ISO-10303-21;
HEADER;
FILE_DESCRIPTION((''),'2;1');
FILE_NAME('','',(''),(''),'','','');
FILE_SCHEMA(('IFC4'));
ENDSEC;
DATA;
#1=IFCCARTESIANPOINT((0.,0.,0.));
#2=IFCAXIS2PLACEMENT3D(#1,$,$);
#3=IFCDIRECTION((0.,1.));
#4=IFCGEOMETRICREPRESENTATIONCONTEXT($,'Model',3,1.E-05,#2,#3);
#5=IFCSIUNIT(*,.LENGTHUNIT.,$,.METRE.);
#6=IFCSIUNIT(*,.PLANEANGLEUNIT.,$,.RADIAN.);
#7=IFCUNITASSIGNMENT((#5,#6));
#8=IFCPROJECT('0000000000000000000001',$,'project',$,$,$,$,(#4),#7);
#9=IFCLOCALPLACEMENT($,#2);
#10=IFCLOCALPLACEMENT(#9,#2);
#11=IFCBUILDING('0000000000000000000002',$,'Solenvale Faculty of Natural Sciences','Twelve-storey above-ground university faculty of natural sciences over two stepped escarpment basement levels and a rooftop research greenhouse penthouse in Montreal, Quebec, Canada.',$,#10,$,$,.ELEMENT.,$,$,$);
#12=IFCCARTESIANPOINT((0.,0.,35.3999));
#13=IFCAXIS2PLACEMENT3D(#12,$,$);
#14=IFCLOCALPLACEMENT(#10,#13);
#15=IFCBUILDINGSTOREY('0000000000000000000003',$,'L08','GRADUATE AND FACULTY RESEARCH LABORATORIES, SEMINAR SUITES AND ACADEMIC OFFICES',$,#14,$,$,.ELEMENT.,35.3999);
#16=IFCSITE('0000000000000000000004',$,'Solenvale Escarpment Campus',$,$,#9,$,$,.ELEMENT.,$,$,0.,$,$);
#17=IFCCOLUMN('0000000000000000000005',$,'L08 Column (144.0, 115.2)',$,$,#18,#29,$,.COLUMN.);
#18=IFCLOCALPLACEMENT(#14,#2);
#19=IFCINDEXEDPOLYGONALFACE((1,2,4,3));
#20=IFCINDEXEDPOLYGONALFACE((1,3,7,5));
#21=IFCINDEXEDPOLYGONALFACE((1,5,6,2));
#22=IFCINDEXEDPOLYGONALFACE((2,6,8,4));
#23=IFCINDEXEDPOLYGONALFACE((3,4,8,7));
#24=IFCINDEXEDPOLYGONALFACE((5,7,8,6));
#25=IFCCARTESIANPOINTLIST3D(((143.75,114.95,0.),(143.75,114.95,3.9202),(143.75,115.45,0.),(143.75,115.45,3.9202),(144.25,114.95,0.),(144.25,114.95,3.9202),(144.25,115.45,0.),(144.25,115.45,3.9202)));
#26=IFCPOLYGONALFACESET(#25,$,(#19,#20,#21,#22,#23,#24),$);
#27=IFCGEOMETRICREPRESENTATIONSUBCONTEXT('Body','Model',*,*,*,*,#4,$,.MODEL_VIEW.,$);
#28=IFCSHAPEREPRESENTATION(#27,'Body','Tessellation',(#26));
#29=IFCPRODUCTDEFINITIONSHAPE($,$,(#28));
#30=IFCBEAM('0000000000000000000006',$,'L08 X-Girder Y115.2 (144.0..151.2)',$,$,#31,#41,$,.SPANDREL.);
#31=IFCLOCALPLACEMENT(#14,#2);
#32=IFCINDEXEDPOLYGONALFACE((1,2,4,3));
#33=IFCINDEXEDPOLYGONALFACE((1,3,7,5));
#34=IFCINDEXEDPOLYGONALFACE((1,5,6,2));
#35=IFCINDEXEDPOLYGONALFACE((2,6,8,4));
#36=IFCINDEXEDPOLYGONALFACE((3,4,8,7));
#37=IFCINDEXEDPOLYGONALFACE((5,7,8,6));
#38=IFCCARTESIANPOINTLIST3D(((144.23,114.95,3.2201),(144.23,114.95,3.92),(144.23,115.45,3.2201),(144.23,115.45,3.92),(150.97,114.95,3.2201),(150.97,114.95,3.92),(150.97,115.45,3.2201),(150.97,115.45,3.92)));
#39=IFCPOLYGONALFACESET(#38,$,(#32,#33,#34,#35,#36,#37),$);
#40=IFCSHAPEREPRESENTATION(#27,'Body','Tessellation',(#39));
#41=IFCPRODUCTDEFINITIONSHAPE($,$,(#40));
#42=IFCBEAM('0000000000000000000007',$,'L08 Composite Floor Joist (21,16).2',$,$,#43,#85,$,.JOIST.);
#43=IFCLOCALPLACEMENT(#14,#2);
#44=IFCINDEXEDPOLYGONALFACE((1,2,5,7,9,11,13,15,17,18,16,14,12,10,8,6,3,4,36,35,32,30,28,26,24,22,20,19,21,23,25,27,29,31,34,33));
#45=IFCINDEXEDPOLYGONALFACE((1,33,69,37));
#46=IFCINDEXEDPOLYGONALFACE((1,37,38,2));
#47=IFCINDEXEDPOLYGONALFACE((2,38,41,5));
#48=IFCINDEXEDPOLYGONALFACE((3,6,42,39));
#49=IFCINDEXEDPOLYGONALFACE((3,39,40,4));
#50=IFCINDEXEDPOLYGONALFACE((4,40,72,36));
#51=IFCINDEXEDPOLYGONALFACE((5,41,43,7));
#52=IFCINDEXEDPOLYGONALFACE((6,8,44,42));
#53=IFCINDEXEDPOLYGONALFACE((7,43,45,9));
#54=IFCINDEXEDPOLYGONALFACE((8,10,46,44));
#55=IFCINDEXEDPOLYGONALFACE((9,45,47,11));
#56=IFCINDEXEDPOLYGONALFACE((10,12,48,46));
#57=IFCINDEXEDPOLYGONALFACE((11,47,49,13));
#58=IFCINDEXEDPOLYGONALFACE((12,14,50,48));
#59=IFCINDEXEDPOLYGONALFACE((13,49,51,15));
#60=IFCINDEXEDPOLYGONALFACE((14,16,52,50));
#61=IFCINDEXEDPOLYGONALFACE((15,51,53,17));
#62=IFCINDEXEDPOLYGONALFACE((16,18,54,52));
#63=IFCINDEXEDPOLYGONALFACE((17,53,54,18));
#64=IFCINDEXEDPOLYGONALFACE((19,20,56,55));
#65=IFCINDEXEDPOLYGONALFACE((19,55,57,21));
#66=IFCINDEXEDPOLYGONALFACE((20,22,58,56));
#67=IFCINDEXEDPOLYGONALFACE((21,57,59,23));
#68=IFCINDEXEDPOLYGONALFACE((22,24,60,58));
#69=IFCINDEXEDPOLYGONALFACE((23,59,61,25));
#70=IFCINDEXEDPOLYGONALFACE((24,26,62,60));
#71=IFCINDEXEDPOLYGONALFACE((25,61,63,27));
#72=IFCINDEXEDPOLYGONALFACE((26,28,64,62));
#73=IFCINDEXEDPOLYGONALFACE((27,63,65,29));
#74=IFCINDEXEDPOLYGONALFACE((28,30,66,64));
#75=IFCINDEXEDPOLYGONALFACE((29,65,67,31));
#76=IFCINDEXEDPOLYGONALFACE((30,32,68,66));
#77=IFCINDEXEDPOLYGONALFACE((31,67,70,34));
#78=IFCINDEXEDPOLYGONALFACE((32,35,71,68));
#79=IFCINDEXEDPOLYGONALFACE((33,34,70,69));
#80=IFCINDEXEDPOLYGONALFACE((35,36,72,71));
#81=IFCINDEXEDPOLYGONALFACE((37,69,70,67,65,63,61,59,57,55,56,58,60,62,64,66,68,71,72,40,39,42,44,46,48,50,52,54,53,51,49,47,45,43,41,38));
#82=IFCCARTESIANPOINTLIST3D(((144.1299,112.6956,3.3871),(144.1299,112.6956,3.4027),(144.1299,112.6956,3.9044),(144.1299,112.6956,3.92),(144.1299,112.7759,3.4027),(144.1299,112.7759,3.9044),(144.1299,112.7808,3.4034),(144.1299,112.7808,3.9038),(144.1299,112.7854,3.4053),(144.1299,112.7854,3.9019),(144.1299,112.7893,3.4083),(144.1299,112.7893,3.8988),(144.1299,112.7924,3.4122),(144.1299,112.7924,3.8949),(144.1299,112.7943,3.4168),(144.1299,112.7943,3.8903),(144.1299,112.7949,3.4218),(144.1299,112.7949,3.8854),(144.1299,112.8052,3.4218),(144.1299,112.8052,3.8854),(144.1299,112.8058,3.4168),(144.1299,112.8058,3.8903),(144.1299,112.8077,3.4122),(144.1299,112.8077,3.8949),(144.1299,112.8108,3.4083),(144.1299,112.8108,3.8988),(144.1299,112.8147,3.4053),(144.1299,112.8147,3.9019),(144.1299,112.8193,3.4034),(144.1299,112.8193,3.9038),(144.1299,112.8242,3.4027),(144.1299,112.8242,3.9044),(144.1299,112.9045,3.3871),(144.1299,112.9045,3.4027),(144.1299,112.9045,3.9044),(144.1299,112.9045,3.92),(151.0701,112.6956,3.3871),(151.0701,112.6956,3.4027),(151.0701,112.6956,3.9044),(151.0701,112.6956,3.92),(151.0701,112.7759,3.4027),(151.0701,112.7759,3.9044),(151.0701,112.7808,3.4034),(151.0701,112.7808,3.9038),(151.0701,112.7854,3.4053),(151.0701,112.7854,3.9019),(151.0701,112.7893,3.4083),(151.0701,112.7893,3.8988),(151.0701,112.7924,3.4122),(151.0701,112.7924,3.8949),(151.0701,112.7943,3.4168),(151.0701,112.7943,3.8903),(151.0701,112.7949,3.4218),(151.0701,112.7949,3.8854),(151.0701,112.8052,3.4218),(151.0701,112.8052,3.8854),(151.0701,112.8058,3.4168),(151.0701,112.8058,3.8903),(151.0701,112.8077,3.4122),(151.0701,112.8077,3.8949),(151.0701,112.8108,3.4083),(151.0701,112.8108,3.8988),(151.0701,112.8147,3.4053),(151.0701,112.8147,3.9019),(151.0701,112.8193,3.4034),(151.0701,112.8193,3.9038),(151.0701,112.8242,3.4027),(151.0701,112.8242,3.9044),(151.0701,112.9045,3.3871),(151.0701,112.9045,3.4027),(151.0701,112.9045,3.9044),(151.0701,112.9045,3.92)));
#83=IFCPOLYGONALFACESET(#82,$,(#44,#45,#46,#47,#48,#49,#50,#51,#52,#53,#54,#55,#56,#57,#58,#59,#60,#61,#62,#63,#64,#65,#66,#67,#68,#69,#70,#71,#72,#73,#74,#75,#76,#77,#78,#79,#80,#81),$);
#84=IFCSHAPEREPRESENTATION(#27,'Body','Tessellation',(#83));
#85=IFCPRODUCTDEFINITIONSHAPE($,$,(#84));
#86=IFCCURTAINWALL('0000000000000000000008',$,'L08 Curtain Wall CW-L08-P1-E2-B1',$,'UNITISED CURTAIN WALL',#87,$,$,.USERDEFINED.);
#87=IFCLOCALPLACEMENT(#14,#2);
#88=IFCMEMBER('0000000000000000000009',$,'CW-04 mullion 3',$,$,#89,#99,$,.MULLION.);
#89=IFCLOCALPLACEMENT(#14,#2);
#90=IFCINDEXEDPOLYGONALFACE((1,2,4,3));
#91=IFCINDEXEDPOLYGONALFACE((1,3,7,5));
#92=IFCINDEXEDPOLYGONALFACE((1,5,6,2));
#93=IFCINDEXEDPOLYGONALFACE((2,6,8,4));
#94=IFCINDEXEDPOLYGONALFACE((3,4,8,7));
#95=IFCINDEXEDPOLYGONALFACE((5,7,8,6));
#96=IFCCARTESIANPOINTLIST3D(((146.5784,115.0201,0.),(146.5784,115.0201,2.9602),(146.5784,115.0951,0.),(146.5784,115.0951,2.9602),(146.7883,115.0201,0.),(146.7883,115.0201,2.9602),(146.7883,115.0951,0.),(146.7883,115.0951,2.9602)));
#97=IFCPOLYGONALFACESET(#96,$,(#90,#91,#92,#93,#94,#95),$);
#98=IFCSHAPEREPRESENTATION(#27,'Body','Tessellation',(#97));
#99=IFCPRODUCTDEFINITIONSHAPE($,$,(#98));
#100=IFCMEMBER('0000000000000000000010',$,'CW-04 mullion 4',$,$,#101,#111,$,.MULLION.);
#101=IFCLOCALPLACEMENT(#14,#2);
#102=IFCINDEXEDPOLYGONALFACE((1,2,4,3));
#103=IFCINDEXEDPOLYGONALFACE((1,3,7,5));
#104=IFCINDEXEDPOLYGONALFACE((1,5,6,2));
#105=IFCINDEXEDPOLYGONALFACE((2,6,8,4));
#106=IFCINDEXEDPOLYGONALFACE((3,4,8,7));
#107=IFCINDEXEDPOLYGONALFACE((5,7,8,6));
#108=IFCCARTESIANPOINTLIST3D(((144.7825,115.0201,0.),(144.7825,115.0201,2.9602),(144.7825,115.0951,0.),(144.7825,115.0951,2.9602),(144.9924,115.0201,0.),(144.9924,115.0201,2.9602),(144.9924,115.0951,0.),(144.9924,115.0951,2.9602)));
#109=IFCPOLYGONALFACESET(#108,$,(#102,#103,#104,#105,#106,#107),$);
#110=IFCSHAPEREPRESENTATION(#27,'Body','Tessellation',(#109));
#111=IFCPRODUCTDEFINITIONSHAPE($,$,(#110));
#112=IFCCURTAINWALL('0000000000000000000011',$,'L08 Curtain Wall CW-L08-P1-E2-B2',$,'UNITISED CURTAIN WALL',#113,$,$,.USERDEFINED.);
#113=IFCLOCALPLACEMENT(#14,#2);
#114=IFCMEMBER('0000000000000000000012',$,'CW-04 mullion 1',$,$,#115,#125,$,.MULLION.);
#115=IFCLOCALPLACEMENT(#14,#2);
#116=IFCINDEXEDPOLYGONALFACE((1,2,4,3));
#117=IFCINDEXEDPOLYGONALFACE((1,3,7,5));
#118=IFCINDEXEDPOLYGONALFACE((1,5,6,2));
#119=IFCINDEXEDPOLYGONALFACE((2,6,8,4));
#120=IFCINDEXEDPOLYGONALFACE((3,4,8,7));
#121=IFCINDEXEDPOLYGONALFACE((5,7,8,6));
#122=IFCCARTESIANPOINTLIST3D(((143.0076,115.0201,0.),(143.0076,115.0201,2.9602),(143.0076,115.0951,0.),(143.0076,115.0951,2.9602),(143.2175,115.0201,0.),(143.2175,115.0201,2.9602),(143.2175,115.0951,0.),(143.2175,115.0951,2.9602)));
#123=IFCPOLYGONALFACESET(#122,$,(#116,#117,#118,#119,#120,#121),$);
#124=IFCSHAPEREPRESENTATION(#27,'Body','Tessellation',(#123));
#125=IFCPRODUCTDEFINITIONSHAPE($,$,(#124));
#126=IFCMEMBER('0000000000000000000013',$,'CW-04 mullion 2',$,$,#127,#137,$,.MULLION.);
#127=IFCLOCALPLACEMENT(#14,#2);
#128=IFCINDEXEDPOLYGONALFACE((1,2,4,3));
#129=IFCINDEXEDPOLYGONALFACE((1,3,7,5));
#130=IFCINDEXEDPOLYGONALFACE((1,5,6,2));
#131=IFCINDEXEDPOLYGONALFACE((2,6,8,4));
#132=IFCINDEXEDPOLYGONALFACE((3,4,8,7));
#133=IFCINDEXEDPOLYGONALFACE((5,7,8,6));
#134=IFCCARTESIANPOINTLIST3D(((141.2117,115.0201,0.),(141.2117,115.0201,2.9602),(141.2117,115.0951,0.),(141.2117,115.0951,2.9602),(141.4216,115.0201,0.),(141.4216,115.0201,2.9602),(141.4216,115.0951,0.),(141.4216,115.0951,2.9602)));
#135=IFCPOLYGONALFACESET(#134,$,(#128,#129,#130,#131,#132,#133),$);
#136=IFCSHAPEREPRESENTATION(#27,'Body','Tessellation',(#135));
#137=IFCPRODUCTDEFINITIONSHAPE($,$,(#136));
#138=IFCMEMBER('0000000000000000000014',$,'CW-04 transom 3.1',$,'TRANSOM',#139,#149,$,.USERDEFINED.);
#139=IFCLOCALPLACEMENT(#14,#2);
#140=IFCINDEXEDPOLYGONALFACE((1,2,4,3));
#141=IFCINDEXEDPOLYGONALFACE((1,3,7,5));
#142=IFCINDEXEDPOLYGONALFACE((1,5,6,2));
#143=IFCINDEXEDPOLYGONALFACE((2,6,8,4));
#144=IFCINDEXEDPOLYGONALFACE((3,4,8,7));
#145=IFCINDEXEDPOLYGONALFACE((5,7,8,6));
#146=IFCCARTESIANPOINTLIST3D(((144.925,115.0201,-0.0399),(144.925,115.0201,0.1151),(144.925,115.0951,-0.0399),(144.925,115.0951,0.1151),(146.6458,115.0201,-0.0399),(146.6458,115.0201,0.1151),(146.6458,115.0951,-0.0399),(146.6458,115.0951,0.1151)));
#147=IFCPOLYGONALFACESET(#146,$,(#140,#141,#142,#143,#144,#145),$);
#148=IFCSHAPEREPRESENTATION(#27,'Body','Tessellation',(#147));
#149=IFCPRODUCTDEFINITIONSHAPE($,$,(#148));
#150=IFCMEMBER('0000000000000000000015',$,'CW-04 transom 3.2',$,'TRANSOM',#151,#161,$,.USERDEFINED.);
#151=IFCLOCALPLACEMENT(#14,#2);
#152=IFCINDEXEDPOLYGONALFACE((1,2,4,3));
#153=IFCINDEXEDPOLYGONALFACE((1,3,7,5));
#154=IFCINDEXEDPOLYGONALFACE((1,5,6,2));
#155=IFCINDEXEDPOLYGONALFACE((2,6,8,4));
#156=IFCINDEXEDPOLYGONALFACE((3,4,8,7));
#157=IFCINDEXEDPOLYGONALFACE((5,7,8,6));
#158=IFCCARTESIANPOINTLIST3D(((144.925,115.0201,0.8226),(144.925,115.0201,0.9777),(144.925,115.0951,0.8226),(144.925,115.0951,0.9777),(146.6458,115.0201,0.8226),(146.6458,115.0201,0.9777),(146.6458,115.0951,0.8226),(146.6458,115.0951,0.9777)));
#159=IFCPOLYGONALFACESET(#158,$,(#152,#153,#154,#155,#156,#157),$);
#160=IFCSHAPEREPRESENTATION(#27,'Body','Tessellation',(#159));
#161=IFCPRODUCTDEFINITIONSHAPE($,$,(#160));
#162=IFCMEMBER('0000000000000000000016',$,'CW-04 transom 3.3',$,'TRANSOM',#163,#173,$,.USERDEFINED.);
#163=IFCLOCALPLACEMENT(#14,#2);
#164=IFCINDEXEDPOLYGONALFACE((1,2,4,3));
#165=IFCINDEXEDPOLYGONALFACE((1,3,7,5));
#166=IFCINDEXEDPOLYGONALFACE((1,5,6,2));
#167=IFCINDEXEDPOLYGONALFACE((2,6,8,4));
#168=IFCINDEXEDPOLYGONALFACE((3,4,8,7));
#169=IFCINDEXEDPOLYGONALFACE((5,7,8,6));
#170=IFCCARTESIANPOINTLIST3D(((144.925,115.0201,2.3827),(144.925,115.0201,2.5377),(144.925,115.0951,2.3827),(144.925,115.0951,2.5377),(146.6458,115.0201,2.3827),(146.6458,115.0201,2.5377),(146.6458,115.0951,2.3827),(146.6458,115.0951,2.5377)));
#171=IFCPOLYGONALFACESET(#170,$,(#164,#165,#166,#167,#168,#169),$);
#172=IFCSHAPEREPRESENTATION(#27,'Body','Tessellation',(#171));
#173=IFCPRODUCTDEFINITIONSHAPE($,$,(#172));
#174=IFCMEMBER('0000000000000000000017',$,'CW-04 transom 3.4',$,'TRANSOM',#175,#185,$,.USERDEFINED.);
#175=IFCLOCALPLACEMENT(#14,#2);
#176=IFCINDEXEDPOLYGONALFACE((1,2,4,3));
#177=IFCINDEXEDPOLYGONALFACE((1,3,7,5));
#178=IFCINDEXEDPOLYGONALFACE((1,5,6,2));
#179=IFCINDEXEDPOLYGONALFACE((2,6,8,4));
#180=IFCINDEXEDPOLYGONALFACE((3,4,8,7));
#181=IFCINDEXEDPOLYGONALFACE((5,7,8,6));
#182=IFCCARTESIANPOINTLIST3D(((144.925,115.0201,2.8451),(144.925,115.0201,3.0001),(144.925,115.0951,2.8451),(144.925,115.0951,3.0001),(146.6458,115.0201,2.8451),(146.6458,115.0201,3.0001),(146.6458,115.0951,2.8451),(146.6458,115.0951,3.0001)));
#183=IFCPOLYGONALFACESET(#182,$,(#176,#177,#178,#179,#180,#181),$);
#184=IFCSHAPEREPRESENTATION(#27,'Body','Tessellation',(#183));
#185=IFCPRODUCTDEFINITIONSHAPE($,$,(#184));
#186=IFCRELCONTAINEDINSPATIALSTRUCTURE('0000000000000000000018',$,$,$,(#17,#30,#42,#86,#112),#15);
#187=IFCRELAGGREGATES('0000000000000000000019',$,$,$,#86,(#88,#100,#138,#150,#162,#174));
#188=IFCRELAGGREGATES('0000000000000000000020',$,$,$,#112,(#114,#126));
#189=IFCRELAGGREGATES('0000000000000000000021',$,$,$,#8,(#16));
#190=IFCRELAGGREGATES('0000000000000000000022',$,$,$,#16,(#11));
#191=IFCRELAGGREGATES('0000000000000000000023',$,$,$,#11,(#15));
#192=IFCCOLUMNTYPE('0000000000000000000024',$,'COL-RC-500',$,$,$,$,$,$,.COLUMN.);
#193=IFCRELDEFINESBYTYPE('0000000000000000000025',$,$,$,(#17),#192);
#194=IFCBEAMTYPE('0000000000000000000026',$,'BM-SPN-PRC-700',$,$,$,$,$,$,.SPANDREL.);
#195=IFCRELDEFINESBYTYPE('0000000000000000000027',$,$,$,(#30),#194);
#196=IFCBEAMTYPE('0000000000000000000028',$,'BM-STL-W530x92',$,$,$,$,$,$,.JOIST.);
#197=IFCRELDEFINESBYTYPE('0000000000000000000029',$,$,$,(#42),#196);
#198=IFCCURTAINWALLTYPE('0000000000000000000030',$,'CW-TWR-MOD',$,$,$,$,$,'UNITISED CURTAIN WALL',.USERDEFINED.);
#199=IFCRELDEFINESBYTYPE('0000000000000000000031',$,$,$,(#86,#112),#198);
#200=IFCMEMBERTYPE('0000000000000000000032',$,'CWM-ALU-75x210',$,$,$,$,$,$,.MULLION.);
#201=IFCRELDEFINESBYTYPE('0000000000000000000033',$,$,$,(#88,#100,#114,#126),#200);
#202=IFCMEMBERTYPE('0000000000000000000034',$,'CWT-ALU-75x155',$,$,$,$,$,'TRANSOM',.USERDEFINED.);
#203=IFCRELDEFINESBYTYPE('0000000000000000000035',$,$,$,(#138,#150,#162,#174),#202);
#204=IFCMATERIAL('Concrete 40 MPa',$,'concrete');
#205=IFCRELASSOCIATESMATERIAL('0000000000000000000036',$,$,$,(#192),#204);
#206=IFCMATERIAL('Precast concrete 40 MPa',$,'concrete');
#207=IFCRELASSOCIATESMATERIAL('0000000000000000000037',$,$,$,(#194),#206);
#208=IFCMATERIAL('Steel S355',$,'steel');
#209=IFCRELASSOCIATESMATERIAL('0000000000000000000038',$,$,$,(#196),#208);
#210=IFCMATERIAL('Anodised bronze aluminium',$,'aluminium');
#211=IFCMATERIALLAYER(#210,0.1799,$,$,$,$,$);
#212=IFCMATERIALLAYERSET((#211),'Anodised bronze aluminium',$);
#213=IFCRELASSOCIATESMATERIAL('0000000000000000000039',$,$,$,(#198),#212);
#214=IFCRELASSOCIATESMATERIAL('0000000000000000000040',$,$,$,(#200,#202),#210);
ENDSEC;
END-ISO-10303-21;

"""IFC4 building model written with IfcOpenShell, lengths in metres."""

from ifc_helpers import new_model, si_unit, direction, frame, origin, origin_2d, place, context, subcontext, project, spatial, rectangle, i_section, extrude, material, layer, layer_set, material_profile, profile_set, type_object, element, aggregate, save


model = new_model("IFC4")

# Units and contexts
model_context = context("Model", 3, precision=1e-05, world=origin(), true_north=direction((0.0, 1.0)))
body_context = subcontext(model_context, "Body", "Model", "MODEL_VIEW")
ifc_project = project(units=[si_unit("LENGTHUNIT", "METRE"), si_unit("PLANEANGLEUNIT", "RADIAN")], contexts=[model_context])

# Site, building, storey
site_placement = place(None, origin())
site = spatial("IfcSite", under=ifc_project, at=site_placement, Name="Solenvale Escarpment Campus", CompositionType="ELEMENT", RefElevation=0.0)
building_placement = place(site_placement, origin())
building = spatial("IfcBuilding", under=site, at=building_placement, Name="Solenvale Faculty of Natural Sciences", Description="Twelve-storey above-ground university faculty of natural sciences over two stepped escarpment basement levels and a rooftop research greenhouse penthouse in Montreal, Quebec, Canada.", CompositionType="ELEMENT")
storey_placement = place(building_placement, frame((0.0, 0.0, 35.3999)))
storey = spatial("IfcBuildingStorey", under=building, at=storey_placement, Name="L08", Description="GRADUATE AND FACULTY RESEARCH LABORATORIES, SEMINAR SUITES AND ACADEMIC OFFICES", CompositionType="ELEMENT", Elevation=35.3999)

# Column
ifc_material_1 = material(Name="Concrete 40 MPa", Category="concrete")
ifc_material_profile_1 = material_profile(ifc_material_1, rectangle(XDim=0.5, YDim=0.5, at=origin_2d()), Name="RC-COL-500x500")
ifc_profile_set_1 = profile_set([ifc_material_profile_1], Name="Concrete 40 MPa")
column_type = type_object("IfcColumnType", Name="COL-RC-500", PredefinedType="COLUMN", material=ifc_profile_set_1)
column_placement = place(storey_placement, frame((144.0, 115.2, 0.0), z_axis=(0.0, 0.0, 1.0), x_axis=(1.0, 0.0, 0.0)))
element("IfcColumn", 1, at=column_placement, inside=storey, type_object=column_type, Name="L08 Column (144.0, 115.2)", PredefinedType="COLUMN", context=body_context, shape_type="SweptSolid", body=[
    extrude(rectangle(XDim=0.5, YDim=0.5, at=origin_2d()), origin(), (0.0, 0.0, 1.0), 3.9202),
])

# Beams
ifc_material_2 = material(Name="Precast concrete 40 MPa", Category="concrete")
ifc_material_profile_2 = material_profile(ifc_material_2, rectangle(XDim=0.5, YDim=0.7, at=origin_2d()), Name="RC-BM-500x700")
ifc_profile_set_2 = profile_set([ifc_material_profile_2], Name="Precast concrete 40 MPa")
beam_type_1 = type_object("IfcBeamType", Name="BM-SPN-PRC-700", PredefinedType="SPANDREL", material=ifc_profile_set_2)
beam_1_placement = place(storey_placement, frame((144.23, 115.2, 3.5701), z_axis=(1.0, 0.0, 0.0), x_axis=(0.0, 1.0, 0.0)))
element("IfcBeam", 2, at=beam_1_placement, inside=storey, type_object=beam_type_1, Name="L08 X-Girder Y115.2 (144.0..151.2)", PredefinedType="SPANDREL", context=body_context, shape_type="SweptSolid", body=[
    extrude(rectangle(XDim=0.5, YDim=0.7, at=origin_2d()), origin(), (0.0, 0.0, 1.0), 6.74),
])
ifc_material_3 = material(Name="Steel S355", Category="steel")
ifc_material_profile_3 = material_profile(ifc_material_3, i_section(OverallWidth=0.209, OverallDepth=0.533, WebThickness=0.0103, FlangeThickness=0.0156, FilletRadius=0.019, at=origin_2d()), Name="W530x92")
ifc_profile_set_3 = profile_set([ifc_material_profile_3], Name="Steel S355")
beam_type_2 = type_object("IfcBeamType", Name="BM-STL-W530x92", PredefinedType="JOIST", material=ifc_profile_set_3)
beam_2_placement = place(storey_placement, frame((144.1299, 112.8, 3.6536), z_axis=(1.0, 0.0, 0.0), x_axis=(0.0, 1.0, 0.0)))
element("IfcBeam", 3, at=beam_2_placement, inside=storey, type_object=beam_type_2, Name="L08 Composite Floor Joist (21,16).2", PredefinedType="JOIST", context=body_context, shape_type="SweptSolid", body=[
    extrude(i_section(OverallWidth=0.209, OverallDepth=0.533, WebThickness=0.0103, FlangeThickness=0.0156, FilletRadius=0.019, at=origin_2d()), origin(), (0.0, 0.0, 1.0), 6.9402),
])

# Curtain walls, members
ifc_material_4 = material(Name="Anodised bronze aluminium", Category="aluminium")
ifc_layer_1 = layer(ifc_material_4, 0.1799)
ifc_layer_set_1 = layer_set([ifc_layer_1], Name="Anodised bronze aluminium")
curtain_wall_type = type_object("IfcCurtainWallType", Name="CW-TWR-MOD", ElementType="UNITISED CURTAIN WALL", PredefinedType="USERDEFINED", material=ifc_layer_set_1)
curtain_wall_1_placement = place(storey_placement, origin())
curtain_wall_1 = element("IfcCurtainWall", 4, at=curtain_wall_1_placement, inside=storey, type_object=curtain_wall_type, Name="L08 Curtain Wall CW-L08-P1-E2-B1", ObjectType="UNITISED CURTAIN WALL", PredefinedType="USERDEFINED")
ifc_material_profile_4 = material_profile(ifc_material_4, rectangle(XDim=0.075, YDim=0.21, at=origin_2d()), Name="ALU-MUL-75x210")
ifc_profile_set_4 = profile_set([ifc_material_profile_4], Name="Anodised bronze aluminium")
member_type_1 = type_object("IfcMemberType", Name="CWM-ALU-75x210", PredefinedType="MULLION", material=ifc_profile_set_4)
member_1_placement = place(storey_placement, frame((146.6833, 115.0576, 0.0), z_axis=(0.0, 0.0, 1.0), x_axis=(0.0, -1.0, 0.0)))
member_1 = element("IfcMember", 5, at=member_1_placement, type_object=member_type_1, Name="CW-04 mullion 3", PredefinedType="MULLION", context=body_context, shape_type="SweptSolid", body=[
    extrude(rectangle(XDim=0.075, YDim=0.21, at=origin_2d()), origin(), (0.0, 0.0, 1.0), 2.9602),
])
member_2_placement = place(storey_placement, frame((144.8875, 115.0576, 0.0), z_axis=(0.0, 0.0, 1.0), x_axis=(0.0, -1.0, 0.0)))
member_2 = element("IfcMember", 6, at=member_2_placement, type_object=member_type_1, Name="CW-04 mullion 4", PredefinedType="MULLION", context=body_context, shape_type="SweptSolid", body=[
    extrude(rectangle(XDim=0.075, YDim=0.21, at=origin_2d()), origin(), (0.0, 0.0, 1.0), 2.9602),
])
curtain_wall_2_placement = place(storey_placement, origin())
curtain_wall_2 = element("IfcCurtainWall", 7, at=curtain_wall_2_placement, inside=storey, type_object=curtain_wall_type, Name="L08 Curtain Wall CW-L08-P1-E2-B2", ObjectType="UNITISED CURTAIN WALL", PredefinedType="USERDEFINED")
member_3_placement = place(storey_placement, frame((143.1125, 115.0576, 0.0), z_axis=(0.0, 0.0, 1.0), x_axis=(0.0, -1.0, 0.0)))
member_3 = element("IfcMember", 8, at=member_3_placement, type_object=member_type_1, Name="CW-04 mullion 1", PredefinedType="MULLION", context=body_context, shape_type="SweptSolid", body=[
    extrude(rectangle(XDim=0.075, YDim=0.21, at=origin_2d()), origin(), (0.0, 0.0, 1.0), 2.9602),
])
member_4_placement = place(storey_placement, frame((141.3167, 115.0576, 0.0), z_axis=(0.0, 0.0, 1.0), x_axis=(0.0, -1.0, 0.0)))
member_4 = element("IfcMember", 9, at=member_4_placement, type_object=member_type_1, Name="CW-04 mullion 2", PredefinedType="MULLION", context=body_context, shape_type="SweptSolid", body=[
    extrude(rectangle(XDim=0.075, YDim=0.21, at=origin_2d()), origin(), (0.0, 0.0, 1.0), 2.9602),
])

# Members
ifc_material_profile_5 = material_profile(ifc_material_4, rectangle(XDim=0.075, YDim=0.155, at=origin_2d()), Name="ALU-TRN-75x155")
ifc_profile_set_5 = profile_set([ifc_material_profile_5], Name="Anodised bronze aluminium")
member_type_2 = type_object("IfcMemberType", Name="CWT-ALU-75x155", ElementType="TRANSOM", PredefinedType="USERDEFINED", material=ifc_profile_set_5)
member_5_placement = place(storey_placement, frame((146.6458, 115.0576, 0.0376), z_axis=(-1.0, 0.0, 0.0), x_axis=(0.0, -1.0, 0.0)))
member_5 = element("IfcMember", 10, at=member_5_placement, type_object=member_type_2, Name="CW-04 transom 3.1", ObjectType="TRANSOM", PredefinedType="USERDEFINED", context=body_context, shape_type="SweptSolid", body=[
    extrude(rectangle(XDim=0.075, YDim=0.155, at=origin_2d()), origin(), (0.0, 0.0, 1.0), 1.7207),
])
member_6_placement = place(storey_placement, frame((146.6458, 115.0576, 0.9001), z_axis=(-1.0, 0.0, 0.0), x_axis=(0.0, -1.0, 0.0)))
member_6 = element("IfcMember", 11, at=member_6_placement, type_object=member_type_2, Name="CW-04 transom 3.2", ObjectType="TRANSOM", PredefinedType="USERDEFINED", context=body_context, shape_type="SweptSolid", body=[
    extrude(rectangle(XDim=0.075, YDim=0.155, at=origin_2d()), origin(), (0.0, 0.0, 1.0), 1.7207),
])
member_7_placement = place(storey_placement, frame((146.6458, 115.0576, 2.4602), z_axis=(-1.0, 0.0, 0.0), x_axis=(0.0, -1.0, 0.0)))
member_7 = element("IfcMember", 12, at=member_7_placement, type_object=member_type_2, Name="CW-04 transom 3.3", ObjectType="TRANSOM", PredefinedType="USERDEFINED", context=body_context, shape_type="SweptSolid", body=[
    extrude(rectangle(XDim=0.075, YDim=0.155, at=origin_2d()), origin(), (0.0, 0.0, 1.0), 1.7207),
])
member_8_placement = place(storey_placement, frame((146.6458, 115.0576, 2.9226), z_axis=(-1.0, 0.0, 0.0), x_axis=(0.0, -1.0, 0.0)))
member_8 = element("IfcMember", 13, at=member_8_placement, type_object=member_type_2, Name="CW-04 transom 3.4", ObjectType="TRANSOM", PredefinedType="USERDEFINED", context=body_context, shape_type="SweptSolid", body=[
    extrude(rectangle(XDim=0.075, YDim=0.155, at=origin_2d()), origin(), (0.0, 0.0, 1.0), 1.7207),
])

aggregate(curtain_wall_1, [member_1, member_2, member_5, member_6, member_7, member_8])
aggregate(curtain_wall_2, [member_3, member_4])

save(model, "model.ifc")
